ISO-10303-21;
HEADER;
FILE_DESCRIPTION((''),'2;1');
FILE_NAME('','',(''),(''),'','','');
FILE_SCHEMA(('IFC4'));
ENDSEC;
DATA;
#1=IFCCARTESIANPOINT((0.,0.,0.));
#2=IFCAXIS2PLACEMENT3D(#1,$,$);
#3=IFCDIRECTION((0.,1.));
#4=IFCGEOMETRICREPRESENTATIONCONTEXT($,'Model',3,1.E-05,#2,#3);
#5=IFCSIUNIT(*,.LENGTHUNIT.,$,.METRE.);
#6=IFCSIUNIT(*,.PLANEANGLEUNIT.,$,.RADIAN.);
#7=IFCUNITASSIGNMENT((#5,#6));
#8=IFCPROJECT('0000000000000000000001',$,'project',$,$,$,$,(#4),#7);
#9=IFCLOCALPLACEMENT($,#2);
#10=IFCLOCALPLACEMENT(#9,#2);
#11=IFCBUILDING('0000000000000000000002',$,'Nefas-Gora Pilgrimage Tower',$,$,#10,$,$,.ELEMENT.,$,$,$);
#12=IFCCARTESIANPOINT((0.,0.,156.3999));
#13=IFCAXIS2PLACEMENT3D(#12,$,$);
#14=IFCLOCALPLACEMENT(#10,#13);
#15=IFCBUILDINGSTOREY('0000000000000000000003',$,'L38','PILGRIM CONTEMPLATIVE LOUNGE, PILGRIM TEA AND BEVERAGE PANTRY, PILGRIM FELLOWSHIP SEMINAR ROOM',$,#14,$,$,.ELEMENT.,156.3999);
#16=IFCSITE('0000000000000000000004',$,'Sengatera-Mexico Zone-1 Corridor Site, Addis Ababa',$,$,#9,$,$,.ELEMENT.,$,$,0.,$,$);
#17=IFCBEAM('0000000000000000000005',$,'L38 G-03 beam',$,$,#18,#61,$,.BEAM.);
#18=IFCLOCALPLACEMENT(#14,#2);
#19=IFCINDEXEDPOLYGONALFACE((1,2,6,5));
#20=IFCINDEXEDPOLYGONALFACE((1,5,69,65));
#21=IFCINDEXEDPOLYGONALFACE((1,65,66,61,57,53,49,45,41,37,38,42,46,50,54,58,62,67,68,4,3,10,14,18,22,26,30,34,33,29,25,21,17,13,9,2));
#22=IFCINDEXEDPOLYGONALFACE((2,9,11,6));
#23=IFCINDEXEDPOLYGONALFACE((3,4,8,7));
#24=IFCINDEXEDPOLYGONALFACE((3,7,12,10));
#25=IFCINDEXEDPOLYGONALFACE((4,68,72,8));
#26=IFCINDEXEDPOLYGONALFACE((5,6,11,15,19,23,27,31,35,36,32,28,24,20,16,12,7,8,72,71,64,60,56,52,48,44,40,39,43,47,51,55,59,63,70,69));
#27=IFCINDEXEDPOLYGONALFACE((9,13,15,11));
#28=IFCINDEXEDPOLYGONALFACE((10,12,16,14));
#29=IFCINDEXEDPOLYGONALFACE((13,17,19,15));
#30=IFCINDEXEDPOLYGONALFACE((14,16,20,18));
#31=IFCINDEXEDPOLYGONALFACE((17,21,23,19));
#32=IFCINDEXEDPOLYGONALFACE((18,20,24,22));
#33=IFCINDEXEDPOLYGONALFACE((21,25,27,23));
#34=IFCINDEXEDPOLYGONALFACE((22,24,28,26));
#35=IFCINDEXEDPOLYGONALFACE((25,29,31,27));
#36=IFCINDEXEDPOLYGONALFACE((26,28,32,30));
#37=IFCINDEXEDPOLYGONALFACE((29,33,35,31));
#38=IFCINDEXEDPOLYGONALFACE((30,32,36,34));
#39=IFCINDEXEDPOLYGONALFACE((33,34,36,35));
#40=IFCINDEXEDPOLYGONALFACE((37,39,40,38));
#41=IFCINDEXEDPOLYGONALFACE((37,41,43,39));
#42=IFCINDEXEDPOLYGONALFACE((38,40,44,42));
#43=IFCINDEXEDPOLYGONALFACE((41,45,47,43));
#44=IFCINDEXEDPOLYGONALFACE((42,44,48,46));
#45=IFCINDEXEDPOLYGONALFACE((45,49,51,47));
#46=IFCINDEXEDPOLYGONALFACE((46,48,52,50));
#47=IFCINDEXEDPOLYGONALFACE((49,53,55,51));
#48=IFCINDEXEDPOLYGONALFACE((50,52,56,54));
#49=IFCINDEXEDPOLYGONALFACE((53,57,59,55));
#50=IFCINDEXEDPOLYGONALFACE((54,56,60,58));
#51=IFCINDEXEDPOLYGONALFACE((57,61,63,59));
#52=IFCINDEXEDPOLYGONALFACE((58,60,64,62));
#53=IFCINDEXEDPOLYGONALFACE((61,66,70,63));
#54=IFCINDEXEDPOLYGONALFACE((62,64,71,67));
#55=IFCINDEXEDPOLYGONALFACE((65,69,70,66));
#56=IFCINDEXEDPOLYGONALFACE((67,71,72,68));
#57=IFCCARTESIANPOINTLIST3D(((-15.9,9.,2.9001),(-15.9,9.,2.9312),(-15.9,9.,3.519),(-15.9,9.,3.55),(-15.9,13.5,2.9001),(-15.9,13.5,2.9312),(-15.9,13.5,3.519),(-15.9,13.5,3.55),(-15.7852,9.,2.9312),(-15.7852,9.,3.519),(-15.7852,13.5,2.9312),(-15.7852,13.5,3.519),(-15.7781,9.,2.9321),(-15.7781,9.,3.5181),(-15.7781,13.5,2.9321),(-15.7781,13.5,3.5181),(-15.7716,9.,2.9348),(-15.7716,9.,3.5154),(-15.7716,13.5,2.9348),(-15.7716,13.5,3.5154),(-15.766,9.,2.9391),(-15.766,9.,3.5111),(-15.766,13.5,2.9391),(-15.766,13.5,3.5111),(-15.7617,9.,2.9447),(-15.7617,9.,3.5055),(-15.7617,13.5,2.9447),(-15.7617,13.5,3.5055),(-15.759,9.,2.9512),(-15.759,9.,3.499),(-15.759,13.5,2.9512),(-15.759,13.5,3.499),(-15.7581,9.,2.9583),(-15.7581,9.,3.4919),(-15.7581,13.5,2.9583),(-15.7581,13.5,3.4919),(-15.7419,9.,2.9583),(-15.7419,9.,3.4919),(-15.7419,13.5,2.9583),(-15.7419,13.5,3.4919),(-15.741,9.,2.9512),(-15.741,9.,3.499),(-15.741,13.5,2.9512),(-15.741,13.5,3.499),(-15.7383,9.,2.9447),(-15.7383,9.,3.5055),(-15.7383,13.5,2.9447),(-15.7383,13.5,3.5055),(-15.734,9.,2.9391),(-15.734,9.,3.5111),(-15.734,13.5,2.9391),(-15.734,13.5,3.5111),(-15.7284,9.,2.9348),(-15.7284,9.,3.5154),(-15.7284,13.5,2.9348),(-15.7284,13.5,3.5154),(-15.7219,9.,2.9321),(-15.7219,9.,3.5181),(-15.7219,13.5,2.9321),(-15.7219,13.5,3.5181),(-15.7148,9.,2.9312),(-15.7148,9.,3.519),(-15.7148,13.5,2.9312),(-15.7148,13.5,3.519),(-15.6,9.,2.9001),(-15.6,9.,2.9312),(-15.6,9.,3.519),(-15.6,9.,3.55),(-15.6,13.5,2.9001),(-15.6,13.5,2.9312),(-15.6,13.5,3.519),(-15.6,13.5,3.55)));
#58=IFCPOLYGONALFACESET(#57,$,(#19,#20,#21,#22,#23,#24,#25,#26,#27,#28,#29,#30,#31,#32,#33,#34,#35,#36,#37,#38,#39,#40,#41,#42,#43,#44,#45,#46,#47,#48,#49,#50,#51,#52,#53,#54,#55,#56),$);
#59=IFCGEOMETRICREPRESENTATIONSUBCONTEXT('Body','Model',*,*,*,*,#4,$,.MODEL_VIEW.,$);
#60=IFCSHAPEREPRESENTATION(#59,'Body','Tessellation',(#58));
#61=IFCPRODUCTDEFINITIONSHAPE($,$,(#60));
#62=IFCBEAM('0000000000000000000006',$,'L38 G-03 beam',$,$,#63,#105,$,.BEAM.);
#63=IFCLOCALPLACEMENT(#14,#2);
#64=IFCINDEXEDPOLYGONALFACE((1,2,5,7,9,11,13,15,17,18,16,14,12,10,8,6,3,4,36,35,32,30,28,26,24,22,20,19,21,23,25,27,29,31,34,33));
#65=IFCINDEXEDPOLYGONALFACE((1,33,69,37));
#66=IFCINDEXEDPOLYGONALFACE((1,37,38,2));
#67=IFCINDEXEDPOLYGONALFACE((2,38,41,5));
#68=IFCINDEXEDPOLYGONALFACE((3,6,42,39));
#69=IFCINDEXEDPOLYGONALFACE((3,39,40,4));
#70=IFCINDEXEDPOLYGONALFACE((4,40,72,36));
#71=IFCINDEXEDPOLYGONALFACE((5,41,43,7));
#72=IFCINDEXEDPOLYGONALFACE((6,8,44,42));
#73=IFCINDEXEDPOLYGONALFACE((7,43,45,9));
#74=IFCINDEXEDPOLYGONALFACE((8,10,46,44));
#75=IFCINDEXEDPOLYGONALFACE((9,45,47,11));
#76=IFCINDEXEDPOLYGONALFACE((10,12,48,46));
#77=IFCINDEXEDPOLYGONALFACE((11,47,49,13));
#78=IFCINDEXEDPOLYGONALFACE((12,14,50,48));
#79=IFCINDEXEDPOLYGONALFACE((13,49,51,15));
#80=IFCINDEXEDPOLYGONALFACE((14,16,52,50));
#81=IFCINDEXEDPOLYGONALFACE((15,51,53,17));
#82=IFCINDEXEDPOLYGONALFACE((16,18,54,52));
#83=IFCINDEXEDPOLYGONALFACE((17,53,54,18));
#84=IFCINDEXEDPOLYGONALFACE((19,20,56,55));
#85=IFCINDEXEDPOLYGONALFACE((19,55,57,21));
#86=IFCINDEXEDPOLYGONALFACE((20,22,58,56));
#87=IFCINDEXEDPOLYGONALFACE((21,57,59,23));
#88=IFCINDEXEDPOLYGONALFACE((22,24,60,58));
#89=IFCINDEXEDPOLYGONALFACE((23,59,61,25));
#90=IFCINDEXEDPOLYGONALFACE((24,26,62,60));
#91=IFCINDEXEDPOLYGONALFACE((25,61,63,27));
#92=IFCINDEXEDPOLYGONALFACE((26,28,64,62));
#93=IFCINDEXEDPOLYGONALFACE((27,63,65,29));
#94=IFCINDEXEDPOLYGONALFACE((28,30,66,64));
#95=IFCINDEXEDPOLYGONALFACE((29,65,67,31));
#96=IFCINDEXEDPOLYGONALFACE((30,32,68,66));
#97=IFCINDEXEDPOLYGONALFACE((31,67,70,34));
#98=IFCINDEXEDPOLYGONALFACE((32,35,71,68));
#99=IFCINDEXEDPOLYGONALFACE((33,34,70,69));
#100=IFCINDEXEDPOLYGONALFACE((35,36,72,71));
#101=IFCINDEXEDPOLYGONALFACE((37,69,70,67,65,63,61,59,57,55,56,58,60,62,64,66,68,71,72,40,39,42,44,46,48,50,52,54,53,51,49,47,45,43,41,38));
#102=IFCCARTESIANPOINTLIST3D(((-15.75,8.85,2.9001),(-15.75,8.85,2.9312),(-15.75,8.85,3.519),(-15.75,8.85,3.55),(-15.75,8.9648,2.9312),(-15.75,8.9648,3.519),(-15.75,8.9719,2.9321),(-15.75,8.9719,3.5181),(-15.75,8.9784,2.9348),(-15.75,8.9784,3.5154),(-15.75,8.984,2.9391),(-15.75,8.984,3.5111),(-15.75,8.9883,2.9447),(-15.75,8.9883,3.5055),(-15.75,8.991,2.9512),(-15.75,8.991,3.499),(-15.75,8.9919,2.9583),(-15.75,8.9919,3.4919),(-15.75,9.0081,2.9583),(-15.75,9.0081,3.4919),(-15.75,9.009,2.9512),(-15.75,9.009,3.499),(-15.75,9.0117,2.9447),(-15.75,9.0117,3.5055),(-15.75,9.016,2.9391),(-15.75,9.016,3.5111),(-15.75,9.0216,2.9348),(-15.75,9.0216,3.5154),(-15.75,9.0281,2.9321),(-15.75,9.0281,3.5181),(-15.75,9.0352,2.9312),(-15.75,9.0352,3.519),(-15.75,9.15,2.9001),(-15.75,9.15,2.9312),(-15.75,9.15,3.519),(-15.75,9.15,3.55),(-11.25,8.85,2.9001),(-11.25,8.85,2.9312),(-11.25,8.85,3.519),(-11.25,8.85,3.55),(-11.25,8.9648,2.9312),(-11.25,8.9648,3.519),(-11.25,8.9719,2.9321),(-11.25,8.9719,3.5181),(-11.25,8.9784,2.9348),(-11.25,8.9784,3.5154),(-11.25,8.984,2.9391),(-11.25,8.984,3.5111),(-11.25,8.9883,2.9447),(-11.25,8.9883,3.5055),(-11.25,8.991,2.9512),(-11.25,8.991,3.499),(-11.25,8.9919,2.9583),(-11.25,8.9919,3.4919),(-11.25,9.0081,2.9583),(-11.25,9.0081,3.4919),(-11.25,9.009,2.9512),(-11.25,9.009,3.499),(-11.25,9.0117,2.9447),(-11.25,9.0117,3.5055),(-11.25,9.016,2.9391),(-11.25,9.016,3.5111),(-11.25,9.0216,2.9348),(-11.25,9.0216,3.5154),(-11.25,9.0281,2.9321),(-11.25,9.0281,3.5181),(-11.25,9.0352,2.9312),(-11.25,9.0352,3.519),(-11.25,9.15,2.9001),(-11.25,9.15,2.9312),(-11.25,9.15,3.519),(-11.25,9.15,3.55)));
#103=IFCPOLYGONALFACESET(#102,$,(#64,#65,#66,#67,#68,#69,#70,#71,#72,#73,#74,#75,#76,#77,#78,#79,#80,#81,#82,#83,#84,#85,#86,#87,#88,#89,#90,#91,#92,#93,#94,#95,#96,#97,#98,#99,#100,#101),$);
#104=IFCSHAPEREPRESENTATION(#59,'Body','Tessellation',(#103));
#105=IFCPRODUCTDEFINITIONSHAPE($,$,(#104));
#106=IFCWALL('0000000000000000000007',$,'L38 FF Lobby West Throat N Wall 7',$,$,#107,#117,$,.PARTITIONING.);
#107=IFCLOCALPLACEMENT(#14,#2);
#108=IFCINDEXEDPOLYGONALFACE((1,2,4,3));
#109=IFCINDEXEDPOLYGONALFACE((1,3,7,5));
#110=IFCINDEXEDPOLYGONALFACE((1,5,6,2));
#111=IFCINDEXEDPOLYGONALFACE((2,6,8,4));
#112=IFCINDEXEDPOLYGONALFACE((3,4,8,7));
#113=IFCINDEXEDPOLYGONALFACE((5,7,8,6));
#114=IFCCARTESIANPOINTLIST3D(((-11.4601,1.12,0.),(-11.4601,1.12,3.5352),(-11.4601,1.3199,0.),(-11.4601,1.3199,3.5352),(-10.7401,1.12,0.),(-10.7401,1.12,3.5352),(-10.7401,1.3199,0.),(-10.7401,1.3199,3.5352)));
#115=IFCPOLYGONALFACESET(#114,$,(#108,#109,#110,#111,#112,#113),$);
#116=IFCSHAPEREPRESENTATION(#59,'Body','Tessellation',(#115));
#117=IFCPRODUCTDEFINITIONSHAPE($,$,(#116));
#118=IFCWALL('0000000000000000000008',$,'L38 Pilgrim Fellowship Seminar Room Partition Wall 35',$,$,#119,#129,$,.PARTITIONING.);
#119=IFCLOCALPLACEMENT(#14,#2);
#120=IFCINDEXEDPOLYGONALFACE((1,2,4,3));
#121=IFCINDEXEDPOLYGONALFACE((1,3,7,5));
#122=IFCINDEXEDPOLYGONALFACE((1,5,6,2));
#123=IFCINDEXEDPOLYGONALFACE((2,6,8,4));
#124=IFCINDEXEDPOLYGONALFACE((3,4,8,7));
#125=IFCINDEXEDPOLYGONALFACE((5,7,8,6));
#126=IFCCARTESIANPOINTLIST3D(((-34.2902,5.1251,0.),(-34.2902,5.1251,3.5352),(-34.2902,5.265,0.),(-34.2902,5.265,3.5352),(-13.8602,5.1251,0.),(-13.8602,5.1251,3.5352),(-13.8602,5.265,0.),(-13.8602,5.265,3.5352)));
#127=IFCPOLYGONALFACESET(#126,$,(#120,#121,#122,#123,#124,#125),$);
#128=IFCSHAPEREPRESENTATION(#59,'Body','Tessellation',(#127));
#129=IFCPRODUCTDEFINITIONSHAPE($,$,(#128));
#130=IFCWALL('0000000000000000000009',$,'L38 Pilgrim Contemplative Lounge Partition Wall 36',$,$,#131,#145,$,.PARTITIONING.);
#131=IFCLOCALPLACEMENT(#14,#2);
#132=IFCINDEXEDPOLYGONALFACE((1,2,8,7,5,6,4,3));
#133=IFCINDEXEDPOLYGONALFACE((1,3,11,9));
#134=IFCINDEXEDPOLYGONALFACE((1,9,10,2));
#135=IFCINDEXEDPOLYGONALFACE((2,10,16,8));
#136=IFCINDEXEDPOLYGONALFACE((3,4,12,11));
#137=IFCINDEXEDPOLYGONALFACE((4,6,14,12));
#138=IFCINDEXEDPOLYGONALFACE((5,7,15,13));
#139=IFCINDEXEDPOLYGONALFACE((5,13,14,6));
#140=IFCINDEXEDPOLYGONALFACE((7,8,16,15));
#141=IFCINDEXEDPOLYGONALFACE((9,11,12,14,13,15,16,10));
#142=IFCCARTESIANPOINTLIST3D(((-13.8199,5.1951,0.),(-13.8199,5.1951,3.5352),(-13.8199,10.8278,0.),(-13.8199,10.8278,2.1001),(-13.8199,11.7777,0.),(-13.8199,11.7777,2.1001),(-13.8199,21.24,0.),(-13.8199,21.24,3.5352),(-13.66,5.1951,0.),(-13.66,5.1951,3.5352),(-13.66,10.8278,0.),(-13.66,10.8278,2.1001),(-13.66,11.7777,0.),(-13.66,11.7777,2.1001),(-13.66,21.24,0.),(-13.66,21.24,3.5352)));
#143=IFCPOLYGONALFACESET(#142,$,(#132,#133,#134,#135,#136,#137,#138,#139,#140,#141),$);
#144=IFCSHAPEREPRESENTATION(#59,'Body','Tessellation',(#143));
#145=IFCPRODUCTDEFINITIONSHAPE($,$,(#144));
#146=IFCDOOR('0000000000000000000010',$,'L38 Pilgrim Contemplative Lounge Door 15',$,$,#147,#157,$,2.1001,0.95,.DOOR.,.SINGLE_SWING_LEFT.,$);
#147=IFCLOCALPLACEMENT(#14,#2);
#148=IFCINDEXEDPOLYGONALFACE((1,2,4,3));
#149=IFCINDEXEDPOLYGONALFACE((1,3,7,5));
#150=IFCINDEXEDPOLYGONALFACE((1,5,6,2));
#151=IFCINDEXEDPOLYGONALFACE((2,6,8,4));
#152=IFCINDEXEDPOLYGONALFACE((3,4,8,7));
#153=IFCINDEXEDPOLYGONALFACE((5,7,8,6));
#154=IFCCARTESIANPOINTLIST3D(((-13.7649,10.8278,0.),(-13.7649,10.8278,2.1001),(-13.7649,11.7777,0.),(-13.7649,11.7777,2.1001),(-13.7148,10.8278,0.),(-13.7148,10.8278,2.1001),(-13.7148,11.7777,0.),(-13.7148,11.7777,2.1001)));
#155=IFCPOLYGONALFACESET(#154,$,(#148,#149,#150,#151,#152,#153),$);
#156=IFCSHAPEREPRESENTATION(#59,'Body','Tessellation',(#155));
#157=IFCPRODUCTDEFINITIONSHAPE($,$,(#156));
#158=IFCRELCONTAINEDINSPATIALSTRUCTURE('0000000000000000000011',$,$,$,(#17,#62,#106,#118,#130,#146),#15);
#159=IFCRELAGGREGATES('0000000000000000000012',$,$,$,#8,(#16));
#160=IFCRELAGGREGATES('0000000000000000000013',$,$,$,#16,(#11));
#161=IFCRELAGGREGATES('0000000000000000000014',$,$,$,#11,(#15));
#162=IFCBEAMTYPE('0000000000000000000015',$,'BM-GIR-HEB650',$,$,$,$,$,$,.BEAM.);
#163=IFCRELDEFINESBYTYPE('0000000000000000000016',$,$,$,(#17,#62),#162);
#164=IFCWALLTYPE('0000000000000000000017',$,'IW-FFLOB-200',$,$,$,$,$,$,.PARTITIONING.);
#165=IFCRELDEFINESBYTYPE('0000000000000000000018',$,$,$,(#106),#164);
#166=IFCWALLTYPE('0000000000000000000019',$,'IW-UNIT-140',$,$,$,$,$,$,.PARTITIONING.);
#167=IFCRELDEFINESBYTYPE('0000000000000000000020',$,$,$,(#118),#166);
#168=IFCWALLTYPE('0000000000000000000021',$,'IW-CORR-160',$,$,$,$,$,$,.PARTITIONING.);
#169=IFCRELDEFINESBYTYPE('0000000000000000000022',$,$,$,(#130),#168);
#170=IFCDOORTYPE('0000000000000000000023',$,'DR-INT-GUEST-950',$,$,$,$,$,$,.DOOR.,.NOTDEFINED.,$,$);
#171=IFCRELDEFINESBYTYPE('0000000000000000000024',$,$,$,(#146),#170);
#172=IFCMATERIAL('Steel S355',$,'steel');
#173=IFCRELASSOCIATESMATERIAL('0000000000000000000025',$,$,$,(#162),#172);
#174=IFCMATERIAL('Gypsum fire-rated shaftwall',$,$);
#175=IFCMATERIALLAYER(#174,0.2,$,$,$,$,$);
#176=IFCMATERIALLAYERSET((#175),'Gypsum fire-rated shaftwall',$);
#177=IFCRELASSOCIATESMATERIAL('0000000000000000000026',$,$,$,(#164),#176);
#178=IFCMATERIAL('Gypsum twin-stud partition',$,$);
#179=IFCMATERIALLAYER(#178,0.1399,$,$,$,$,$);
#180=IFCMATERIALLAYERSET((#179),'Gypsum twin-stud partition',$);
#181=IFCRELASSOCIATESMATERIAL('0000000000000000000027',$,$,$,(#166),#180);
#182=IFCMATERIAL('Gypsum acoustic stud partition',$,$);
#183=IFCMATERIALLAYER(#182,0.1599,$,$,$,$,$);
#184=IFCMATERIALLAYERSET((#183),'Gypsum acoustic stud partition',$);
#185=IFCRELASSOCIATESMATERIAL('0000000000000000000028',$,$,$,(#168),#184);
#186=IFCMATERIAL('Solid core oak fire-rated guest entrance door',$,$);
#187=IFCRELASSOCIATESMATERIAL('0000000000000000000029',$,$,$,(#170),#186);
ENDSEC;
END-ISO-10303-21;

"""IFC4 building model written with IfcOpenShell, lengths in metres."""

from ifc_helpers import new_model, si_unit, direction, frame, frame_2d, origin, origin_2d, place, context, subcontext, project, spatial, rectangle, i_section, extrude, source, transform, mapped, material, layer, layer_set, material_profile, profile_set, type_object, element, fill, save


model = new_model("IFC4")

# Units and contexts
model_context = context("Model", 3, precision=1e-05, world=origin(), true_north=direction((0.0, 1.0)))
body_context = subcontext(model_context, "Body", "Model", "MODEL_VIEW")
ifc_project = project(units=[si_unit("LENGTHUNIT", "METRE"), si_unit("PLANEANGLEUNIT", "RADIAN")], contexts=[model_context])

# Site, building, storey
site_placement = place(None, origin())
site = spatial("IfcSite", under=ifc_project, at=site_placement, Name="Sengatera-Mexico Zone-1 Corridor Site, Addis Ababa", CompositionType="ELEMENT", RefElevation=0.0)
building_placement = place(site_placement, origin())
building = spatial("IfcBuilding", under=site, at=building_placement, Name="Nefas-Gora Pilgrimage Tower", CompositionType="ELEMENT")
storey_placement = place(building_placement, frame((0.0, 0.0, 156.3999)))
storey = spatial("IfcBuildingStorey", under=building, at=storey_placement, Name="L38", Description="PILGRIM CONTEMPLATIVE LOUNGE, PILGRIM TEA AND BEVERAGE PANTRY, PILGRIM FELLOWSHIP SEMINAR ROOM", CompositionType="ELEMENT", Elevation=156.3999)

# Beams
ifc_material_1 = material(Name="Steel S355", Category="steel")
ifc_material_profile_1 = material_profile(ifc_material_1, i_section(OverallWidth=0.3, OverallDepth=0.6499, WebThickness=0.0161, FlangeThickness=0.031, FilletRadius=0.0271, at=origin_2d()), Name="HEB 650")
ifc_profile_set_1 = profile_set([ifc_material_profile_1], Name="Steel S355")
beam_type_1 = type_object("IfcBeamType", Name="BM-GIR-HEB650", PredefinedType="BEAM", material=ifc_profile_set_1)
shared_shape_1 = source(origin(), body_context, "Body", "SweptSolid", [
    extrude(i_section(OverallWidth=0.3, OverallDepth=0.6499, WebThickness=0.0161, FlangeThickness=0.031, FilletRadius=0.0271, at=origin_2d()), origin(), (0.0, 0.0, 1.0), 4.5),
])
for number, where, z_axis, x_axis, name in (
    (1, (-15.75, 9.0, 3.2251), (0.0, 1.0, 0.0), (-1.0, 0.0, 0.0), "L38 G-03 beam"),
    (2, (-15.75, 9.0, 3.2251), (1.0, 0.0, 0.0), (0.0, 1.0, 0.0), "L38 G-03 beam"),
):
    element("IfcBeam", number, at=place(storey_placement, frame(where, z_axis=z_axis, x_axis=x_axis)), inside=storey, type_object=beam_type_1, Name=name, PredefinedType="BEAM", context=body_context, shape_type="MappedRepresentation", body=[
        mapped(shared_shape_1, transform((0.0, 0.0, 0.0), x_axis=(1.0, 0.0, 0.0), y_axis=(0.0, 1.0, 0.0), z_axis=(0.0, 0.0, 1.0), scale=1.0)),
    ])

# Walls
ifc_material_2 = material(Name="Gypsum fire-rated shaftwall")
ifc_layer_1 = layer(ifc_material_2, 0.2)
ifc_layer_set_1 = layer_set([ifc_layer_1], Name="Gypsum fire-rated shaftwall")
wall_type_1 = type_object("IfcWallType", Name="IW-FFLOB-200", PredefinedType="PARTITIONING", material=ifc_layer_set_1)
shared_shape_2 = source(origin(), body_context, "Body", "SweptSolid", [
    extrude(rectangle(XDim=0.72, YDim=0.2, at=frame_2d((0.3599, 0.0))), origin(), (0.0, 0.0, 1.0), 3.5352),
])
wall_1_placement = place(storey_placement, frame((-11.46, 1.22, 0.0), z_axis=(0.0, 0.0, 1.0), x_axis=(1.0, 0.0, 0.0)))
element("IfcWall", 3, at=wall_1_placement, inside=storey, type_object=wall_type_1, Name="L38 FF Lobby West Throat N Wall 7", PredefinedType="PARTITIONING", context=body_context, shape_type="MappedRepresentation", body=[
    mapped(shared_shape_2, transform((0.0, 0.0, 0.0), x_axis=(1.0, 0.0, 0.0), y_axis=(0.0, 1.0, 0.0), z_axis=(0.0, 0.0, 1.0), scale=1.0)),
])
ifc_material_3 = material(Name="Gypsum twin-stud partition")
ifc_layer_2 = layer(ifc_material_3, 0.1399)
ifc_layer_set_2 = layer_set([ifc_layer_2], Name="Gypsum twin-stud partition")
wall_type_2 = type_object("IfcWallType", Name="IW-UNIT-140", PredefinedType="PARTITIONING", material=ifc_layer_set_2)
shared_shape_3 = source(origin(), body_context, "Body", "SweptSolid", [
    extrude(rectangle(XDim=20.4299, YDim=0.1399, at=frame_2d((10.2148, 0.0))), origin(), (0.0, 0.0, 1.0), 3.5352),
])
wall_2_placement = place(storey_placement, frame((-34.29, 5.1951, 0.0), z_axis=(0.0, 0.0, 1.0), x_axis=(1.0, 0.0, 0.0)))
element("IfcWall", 4, at=wall_2_placement, inside=storey, type_object=wall_type_2, Name="L38 Pilgrim Fellowship Seminar Room Partition Wall 35", PredefinedType="PARTITIONING", context=body_context, shape_type="MappedRepresentation", body=[
    mapped(shared_shape_3, transform((0.0, 0.0, 0.0), x_axis=(1.0, 0.0, 0.0), y_axis=(0.0, 1.0, 0.0), z_axis=(0.0, 0.0, 1.0), scale=1.0)),
])

# Wall, opening, door
ifc_material_4 = material(Name="Gypsum acoustic stud partition")
ifc_layer_3 = layer(ifc_material_4, 0.1599)
ifc_layer_set_3 = layer_set([ifc_layer_3], Name="Gypsum acoustic stud partition")
wall_type_3 = type_object("IfcWallType", Name="IW-CORR-160", PredefinedType="PARTITIONING", material=ifc_layer_set_3)
shared_shape_4 = source(origin(), body_context, "Body", "SweptSolid", [
    extrude(rectangle(XDim=16.0449, YDim=0.1599, at=frame_2d((8.0225, 0.0))), origin(), (0.0, 0.0, 1.0), 3.5352),
])
wall_3_placement = place(storey_placement, frame((-13.74, 5.1951, 0.0), z_axis=(0.0, 0.0, 1.0), x_axis=(0.0, 1.0, 0.0)))
wall_3 = element("IfcWall", 5, at=wall_3_placement, inside=storey, type_object=wall_type_3, Name="L38 Pilgrim Contemplative Lounge Partition Wall 36", PredefinedType="PARTITIONING", context=body_context, shape_type="MappedRepresentation", body=[
    mapped(shared_shape_4, transform((0.0, 0.0, 0.0), x_axis=(1.0, 0.0, 0.0), y_axis=(0.0, 1.0, 0.0), z_axis=(0.0, 0.0, 1.0), scale=1.0)),
])
opening_placement = place(wall_3_placement, frame((5.6326, 0.0, 0.0)))
opening = element("IfcOpeningElement", 6, at=opening_placement, cuts=wall_3, PredefinedType="OPENING", context=body_context, shape_type="SweptSolid", body=[
    extrude(rectangle(XDim=0.95, YDim=2.1001, at=frame_2d((0.4751, 1.05))), frame((0.0, 0.0898, 0.0), z_axis=(0.0, -1.0, 0.0), x_axis=(1.0, 0.0, 0.0)), (0.0, 0.0, 1.0), 0.1799),
])
ifc_material_5 = material(Name="Solid core oak fire-rated guest entrance door")
door_type = type_object("IfcDoorType", Name="DR-INT-GUEST-950", OperationType="NOTDEFINED", PredefinedType="DOOR", material=ifc_material_5)
shared_shape_5 = source(origin(), body_context, "Body", "SweptSolid", [
    extrude(rectangle(XDim=0.95, YDim=2.1001, at=frame_2d((0.4751, 1.05))), frame((0.0, 0.0249, 0.0), z_axis=(0.0, -1.0, 0.0), x_axis=(1.0, 0.0, 0.0)), (0.0, 0.0, 1.0), 0.05),
])
door_placement = place(opening_placement, origin())
door = element("IfcDoor", 7, at=door_placement, inside=storey, type_object=door_type, Name="L38 Pilgrim Contemplative Lounge Door 15", OperationType="SINGLE_SWING_LEFT", OverallHeight=2.1001, OverallWidth=0.95, PredefinedType="DOOR", context=body_context, shape_type="MappedRepresentation", body=[
    mapped(shared_shape_5, transform((0.0, 0.0, 0.0), x_axis=(1.0, 0.0, 0.0), y_axis=(0.0, 1.0, 0.0), z_axis=(0.0, 0.0, 1.0), scale=1.0)),
])
fill(opening, door)

save(model, "model.ifc")
